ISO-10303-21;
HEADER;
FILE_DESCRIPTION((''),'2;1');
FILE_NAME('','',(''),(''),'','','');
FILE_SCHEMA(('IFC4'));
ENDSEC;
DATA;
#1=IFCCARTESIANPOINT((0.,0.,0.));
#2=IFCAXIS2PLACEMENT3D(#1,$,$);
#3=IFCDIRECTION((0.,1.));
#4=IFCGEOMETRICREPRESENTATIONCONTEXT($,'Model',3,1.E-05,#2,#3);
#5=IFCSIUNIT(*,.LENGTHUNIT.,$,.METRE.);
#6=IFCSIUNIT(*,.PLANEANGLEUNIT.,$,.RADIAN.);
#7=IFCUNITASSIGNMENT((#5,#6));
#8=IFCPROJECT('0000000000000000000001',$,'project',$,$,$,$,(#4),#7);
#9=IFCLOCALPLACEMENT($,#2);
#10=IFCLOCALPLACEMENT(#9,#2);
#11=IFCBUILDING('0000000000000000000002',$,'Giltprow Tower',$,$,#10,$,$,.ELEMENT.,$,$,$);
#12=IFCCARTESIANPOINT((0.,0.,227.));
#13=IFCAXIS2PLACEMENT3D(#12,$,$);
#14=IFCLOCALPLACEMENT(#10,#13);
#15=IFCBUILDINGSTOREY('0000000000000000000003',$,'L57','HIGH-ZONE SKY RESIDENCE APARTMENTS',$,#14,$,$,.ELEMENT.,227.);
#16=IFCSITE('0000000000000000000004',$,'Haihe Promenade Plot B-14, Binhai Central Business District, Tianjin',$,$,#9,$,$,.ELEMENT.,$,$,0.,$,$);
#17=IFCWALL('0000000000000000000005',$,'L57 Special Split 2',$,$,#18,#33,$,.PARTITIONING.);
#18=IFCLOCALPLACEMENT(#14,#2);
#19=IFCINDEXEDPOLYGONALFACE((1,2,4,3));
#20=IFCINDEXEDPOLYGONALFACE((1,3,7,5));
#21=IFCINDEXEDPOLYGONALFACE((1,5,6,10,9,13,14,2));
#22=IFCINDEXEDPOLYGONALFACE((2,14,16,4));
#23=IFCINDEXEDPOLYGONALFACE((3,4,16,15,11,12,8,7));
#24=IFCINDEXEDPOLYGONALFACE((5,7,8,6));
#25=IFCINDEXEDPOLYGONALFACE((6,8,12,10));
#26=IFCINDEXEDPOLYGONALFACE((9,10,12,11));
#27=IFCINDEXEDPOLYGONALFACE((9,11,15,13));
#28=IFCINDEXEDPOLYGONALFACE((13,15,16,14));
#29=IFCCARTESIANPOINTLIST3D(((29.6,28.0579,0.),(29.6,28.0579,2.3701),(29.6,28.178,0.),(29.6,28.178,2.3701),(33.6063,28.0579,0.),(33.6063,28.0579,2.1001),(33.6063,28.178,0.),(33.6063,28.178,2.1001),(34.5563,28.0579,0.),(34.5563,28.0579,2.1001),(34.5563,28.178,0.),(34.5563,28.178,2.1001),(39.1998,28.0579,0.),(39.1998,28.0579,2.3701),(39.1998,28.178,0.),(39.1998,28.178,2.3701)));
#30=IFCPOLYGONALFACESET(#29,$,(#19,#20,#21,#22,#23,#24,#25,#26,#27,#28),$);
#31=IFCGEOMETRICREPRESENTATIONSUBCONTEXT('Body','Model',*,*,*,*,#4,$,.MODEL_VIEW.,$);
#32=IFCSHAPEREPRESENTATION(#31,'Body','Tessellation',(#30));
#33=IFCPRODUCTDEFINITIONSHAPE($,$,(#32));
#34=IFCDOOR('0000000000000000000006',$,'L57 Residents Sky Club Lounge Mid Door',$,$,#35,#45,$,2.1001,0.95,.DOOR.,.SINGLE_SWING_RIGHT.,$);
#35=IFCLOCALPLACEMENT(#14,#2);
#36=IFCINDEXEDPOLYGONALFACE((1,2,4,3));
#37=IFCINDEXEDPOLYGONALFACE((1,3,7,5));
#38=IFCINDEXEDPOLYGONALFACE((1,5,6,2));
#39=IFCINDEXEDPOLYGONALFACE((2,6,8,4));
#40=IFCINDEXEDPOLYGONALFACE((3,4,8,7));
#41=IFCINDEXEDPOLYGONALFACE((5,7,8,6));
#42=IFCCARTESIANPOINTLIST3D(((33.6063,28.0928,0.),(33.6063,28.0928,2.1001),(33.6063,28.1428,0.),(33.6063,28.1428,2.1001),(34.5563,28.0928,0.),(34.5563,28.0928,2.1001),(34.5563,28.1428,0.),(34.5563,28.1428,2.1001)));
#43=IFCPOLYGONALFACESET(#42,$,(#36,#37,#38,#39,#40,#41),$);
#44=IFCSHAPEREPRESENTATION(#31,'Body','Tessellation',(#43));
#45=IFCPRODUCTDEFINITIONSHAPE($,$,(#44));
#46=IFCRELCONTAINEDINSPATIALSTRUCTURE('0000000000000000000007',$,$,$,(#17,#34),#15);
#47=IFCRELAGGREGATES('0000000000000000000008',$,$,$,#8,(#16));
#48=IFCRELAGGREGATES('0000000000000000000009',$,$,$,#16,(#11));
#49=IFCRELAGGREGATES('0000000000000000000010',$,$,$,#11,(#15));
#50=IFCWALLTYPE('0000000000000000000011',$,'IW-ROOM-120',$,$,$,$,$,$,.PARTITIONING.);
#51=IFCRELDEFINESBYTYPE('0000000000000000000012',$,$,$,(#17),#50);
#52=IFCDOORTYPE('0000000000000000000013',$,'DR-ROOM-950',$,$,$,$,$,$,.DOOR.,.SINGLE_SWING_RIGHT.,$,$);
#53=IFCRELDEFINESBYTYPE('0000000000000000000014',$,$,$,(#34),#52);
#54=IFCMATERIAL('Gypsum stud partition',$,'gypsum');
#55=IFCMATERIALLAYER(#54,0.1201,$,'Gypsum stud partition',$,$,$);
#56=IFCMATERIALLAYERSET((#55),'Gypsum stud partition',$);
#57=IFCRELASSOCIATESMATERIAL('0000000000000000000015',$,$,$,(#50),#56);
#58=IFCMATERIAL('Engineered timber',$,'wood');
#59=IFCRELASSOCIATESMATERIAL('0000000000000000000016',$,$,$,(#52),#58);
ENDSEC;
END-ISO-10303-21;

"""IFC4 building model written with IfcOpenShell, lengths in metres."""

from ifc_helpers import new_model, si_unit, direction, frame, frame_2d, origin, place, context, subcontext, project, spatial, rectangle, extrude, source, transform, mapped, material, layer, layer_set, type_object, element, fill, save


model = new_model("IFC4")

# Units and contexts
model_context = context("Model", 3, precision=1e-05, world=origin(), true_north=direction((0.0, 1.0)))
body_context = subcontext(model_context, "Body", "Model", "MODEL_VIEW")
ifc_project = project(units=[si_unit("LENGTHUNIT", "METRE"), si_unit("PLANEANGLEUNIT", "RADIAN")], contexts=[model_context])

# Site, building, storey
site_placement = place(None, origin())
site = spatial("IfcSite", under=ifc_project, at=site_placement, Name="Haihe Promenade Plot B-14, Binhai Central Business District, Tianjin", CompositionType="ELEMENT", RefElevation=0.0)
building_placement = place(site_placement, origin())
building = spatial("IfcBuilding", under=site, at=building_placement, Name="Giltprow Tower", CompositionType="ELEMENT")
storey_placement = place(building_placement, frame((0.0, 0.0, 227.0)))
storey = spatial("IfcBuildingStorey", under=building, at=storey_placement, Name="L57", Description="HIGH-ZONE SKY RESIDENCE APARTMENTS", CompositionType="ELEMENT", Elevation=227.0)

# Shared definitions
ifc_material_1 = material(Name="Gypsum stud partition", Category="gypsum")

# Shared definitions
ifc_layer_1 = layer(ifc_material_1, 0.1201, Name="Gypsum stud partition")
ifc_layer_set_1 = layer_set([ifc_layer_1], Name="Gypsum stud partition")
wall_type_1 = type_object("IfcWallType", Name="IW-ROOM-120", PredefinedType="PARTITIONING", material=ifc_layer_set_1)
ifc_material_2 = material(Name="Engineered timber", Category="wood")
door_type = type_object("IfcDoorType", Name="DR-ROOM-950", OperationType="SINGLE_SWING_RIGHT", PredefinedType="DOOR", material=ifc_material_2)
shared_shape_1 = source(origin(), body_context, "Body", "SweptSolid", [
    extrude(rectangle(XDim=0.95, YDim=2.1001, at=frame_2d((0.4751, 1.05))), frame((0.0, 0.0249, 0.0), z_axis=(0.0, -1.0, 0.0), x_axis=(1.0, 0.0, 0.0)), (0.0, 0.0, 1.0), 0.05),
])

# Wall, opening, door
wall_1_placement = place(storey_placement, frame((29.6001, 28.1179, 0.0), z_axis=(0.0, 0.0, 1.0), x_axis=(1.0, 0.0, 0.0)))
wall_1 = element("IfcWall", 1, at=wall_1_placement, inside=storey, type_object=wall_type_1, Name="L57 Special Split 2", PredefinedType="PARTITIONING", context=body_context, shape_type="SweptSolid", body=[
    extrude(rectangle(XDim=9.5999, YDim=0.1201, at=frame_2d((4.7998, 0.0))), origin(), (0.0, 0.0, 1.0), 2.3701),
])
opening_1_placement = place(wall_1_placement, frame((4.0061, 0.0, 0.0)))
opening_1 = element("IfcOpeningElement", 2, at=opening_1_placement, cuts=wall_1, PredefinedType="OPENING", context=body_context, shape_type="SweptSolid", body=[
    extrude(rectangle(XDim=0.95, YDim=2.1001, at=frame_2d((0.4751, 1.05))), frame((0.0, 0.0701, 0.0), z_axis=(0.0, -1.0, 0.0), x_axis=(1.0, 0.0, 0.0)), (0.0, 0.0, 1.0), 0.1401),
])
door_1_placement = place(opening_1_placement, origin())
door_1 = element("IfcDoor", 3, at=door_1_placement, inside=storey, type_object=door_type, Name="L57 Residents Sky Club Lounge Mid Door", OperationType="SINGLE_SWING_RIGHT", OverallHeight=2.1001, OverallWidth=0.95, PredefinedType="DOOR", context=body_context, shape_type="MappedRepresentation", body=[
    mapped(shared_shape_1, transform((0.0, 0.0, 0.0), x_axis=(1.0, 0.0, 0.0), y_axis=(0.0, 1.0, 0.0), z_axis=(0.0, 0.0, 1.0), scale=1.0)),
])
fill(opening_1, door_1)

save(model, "model.ifc")
